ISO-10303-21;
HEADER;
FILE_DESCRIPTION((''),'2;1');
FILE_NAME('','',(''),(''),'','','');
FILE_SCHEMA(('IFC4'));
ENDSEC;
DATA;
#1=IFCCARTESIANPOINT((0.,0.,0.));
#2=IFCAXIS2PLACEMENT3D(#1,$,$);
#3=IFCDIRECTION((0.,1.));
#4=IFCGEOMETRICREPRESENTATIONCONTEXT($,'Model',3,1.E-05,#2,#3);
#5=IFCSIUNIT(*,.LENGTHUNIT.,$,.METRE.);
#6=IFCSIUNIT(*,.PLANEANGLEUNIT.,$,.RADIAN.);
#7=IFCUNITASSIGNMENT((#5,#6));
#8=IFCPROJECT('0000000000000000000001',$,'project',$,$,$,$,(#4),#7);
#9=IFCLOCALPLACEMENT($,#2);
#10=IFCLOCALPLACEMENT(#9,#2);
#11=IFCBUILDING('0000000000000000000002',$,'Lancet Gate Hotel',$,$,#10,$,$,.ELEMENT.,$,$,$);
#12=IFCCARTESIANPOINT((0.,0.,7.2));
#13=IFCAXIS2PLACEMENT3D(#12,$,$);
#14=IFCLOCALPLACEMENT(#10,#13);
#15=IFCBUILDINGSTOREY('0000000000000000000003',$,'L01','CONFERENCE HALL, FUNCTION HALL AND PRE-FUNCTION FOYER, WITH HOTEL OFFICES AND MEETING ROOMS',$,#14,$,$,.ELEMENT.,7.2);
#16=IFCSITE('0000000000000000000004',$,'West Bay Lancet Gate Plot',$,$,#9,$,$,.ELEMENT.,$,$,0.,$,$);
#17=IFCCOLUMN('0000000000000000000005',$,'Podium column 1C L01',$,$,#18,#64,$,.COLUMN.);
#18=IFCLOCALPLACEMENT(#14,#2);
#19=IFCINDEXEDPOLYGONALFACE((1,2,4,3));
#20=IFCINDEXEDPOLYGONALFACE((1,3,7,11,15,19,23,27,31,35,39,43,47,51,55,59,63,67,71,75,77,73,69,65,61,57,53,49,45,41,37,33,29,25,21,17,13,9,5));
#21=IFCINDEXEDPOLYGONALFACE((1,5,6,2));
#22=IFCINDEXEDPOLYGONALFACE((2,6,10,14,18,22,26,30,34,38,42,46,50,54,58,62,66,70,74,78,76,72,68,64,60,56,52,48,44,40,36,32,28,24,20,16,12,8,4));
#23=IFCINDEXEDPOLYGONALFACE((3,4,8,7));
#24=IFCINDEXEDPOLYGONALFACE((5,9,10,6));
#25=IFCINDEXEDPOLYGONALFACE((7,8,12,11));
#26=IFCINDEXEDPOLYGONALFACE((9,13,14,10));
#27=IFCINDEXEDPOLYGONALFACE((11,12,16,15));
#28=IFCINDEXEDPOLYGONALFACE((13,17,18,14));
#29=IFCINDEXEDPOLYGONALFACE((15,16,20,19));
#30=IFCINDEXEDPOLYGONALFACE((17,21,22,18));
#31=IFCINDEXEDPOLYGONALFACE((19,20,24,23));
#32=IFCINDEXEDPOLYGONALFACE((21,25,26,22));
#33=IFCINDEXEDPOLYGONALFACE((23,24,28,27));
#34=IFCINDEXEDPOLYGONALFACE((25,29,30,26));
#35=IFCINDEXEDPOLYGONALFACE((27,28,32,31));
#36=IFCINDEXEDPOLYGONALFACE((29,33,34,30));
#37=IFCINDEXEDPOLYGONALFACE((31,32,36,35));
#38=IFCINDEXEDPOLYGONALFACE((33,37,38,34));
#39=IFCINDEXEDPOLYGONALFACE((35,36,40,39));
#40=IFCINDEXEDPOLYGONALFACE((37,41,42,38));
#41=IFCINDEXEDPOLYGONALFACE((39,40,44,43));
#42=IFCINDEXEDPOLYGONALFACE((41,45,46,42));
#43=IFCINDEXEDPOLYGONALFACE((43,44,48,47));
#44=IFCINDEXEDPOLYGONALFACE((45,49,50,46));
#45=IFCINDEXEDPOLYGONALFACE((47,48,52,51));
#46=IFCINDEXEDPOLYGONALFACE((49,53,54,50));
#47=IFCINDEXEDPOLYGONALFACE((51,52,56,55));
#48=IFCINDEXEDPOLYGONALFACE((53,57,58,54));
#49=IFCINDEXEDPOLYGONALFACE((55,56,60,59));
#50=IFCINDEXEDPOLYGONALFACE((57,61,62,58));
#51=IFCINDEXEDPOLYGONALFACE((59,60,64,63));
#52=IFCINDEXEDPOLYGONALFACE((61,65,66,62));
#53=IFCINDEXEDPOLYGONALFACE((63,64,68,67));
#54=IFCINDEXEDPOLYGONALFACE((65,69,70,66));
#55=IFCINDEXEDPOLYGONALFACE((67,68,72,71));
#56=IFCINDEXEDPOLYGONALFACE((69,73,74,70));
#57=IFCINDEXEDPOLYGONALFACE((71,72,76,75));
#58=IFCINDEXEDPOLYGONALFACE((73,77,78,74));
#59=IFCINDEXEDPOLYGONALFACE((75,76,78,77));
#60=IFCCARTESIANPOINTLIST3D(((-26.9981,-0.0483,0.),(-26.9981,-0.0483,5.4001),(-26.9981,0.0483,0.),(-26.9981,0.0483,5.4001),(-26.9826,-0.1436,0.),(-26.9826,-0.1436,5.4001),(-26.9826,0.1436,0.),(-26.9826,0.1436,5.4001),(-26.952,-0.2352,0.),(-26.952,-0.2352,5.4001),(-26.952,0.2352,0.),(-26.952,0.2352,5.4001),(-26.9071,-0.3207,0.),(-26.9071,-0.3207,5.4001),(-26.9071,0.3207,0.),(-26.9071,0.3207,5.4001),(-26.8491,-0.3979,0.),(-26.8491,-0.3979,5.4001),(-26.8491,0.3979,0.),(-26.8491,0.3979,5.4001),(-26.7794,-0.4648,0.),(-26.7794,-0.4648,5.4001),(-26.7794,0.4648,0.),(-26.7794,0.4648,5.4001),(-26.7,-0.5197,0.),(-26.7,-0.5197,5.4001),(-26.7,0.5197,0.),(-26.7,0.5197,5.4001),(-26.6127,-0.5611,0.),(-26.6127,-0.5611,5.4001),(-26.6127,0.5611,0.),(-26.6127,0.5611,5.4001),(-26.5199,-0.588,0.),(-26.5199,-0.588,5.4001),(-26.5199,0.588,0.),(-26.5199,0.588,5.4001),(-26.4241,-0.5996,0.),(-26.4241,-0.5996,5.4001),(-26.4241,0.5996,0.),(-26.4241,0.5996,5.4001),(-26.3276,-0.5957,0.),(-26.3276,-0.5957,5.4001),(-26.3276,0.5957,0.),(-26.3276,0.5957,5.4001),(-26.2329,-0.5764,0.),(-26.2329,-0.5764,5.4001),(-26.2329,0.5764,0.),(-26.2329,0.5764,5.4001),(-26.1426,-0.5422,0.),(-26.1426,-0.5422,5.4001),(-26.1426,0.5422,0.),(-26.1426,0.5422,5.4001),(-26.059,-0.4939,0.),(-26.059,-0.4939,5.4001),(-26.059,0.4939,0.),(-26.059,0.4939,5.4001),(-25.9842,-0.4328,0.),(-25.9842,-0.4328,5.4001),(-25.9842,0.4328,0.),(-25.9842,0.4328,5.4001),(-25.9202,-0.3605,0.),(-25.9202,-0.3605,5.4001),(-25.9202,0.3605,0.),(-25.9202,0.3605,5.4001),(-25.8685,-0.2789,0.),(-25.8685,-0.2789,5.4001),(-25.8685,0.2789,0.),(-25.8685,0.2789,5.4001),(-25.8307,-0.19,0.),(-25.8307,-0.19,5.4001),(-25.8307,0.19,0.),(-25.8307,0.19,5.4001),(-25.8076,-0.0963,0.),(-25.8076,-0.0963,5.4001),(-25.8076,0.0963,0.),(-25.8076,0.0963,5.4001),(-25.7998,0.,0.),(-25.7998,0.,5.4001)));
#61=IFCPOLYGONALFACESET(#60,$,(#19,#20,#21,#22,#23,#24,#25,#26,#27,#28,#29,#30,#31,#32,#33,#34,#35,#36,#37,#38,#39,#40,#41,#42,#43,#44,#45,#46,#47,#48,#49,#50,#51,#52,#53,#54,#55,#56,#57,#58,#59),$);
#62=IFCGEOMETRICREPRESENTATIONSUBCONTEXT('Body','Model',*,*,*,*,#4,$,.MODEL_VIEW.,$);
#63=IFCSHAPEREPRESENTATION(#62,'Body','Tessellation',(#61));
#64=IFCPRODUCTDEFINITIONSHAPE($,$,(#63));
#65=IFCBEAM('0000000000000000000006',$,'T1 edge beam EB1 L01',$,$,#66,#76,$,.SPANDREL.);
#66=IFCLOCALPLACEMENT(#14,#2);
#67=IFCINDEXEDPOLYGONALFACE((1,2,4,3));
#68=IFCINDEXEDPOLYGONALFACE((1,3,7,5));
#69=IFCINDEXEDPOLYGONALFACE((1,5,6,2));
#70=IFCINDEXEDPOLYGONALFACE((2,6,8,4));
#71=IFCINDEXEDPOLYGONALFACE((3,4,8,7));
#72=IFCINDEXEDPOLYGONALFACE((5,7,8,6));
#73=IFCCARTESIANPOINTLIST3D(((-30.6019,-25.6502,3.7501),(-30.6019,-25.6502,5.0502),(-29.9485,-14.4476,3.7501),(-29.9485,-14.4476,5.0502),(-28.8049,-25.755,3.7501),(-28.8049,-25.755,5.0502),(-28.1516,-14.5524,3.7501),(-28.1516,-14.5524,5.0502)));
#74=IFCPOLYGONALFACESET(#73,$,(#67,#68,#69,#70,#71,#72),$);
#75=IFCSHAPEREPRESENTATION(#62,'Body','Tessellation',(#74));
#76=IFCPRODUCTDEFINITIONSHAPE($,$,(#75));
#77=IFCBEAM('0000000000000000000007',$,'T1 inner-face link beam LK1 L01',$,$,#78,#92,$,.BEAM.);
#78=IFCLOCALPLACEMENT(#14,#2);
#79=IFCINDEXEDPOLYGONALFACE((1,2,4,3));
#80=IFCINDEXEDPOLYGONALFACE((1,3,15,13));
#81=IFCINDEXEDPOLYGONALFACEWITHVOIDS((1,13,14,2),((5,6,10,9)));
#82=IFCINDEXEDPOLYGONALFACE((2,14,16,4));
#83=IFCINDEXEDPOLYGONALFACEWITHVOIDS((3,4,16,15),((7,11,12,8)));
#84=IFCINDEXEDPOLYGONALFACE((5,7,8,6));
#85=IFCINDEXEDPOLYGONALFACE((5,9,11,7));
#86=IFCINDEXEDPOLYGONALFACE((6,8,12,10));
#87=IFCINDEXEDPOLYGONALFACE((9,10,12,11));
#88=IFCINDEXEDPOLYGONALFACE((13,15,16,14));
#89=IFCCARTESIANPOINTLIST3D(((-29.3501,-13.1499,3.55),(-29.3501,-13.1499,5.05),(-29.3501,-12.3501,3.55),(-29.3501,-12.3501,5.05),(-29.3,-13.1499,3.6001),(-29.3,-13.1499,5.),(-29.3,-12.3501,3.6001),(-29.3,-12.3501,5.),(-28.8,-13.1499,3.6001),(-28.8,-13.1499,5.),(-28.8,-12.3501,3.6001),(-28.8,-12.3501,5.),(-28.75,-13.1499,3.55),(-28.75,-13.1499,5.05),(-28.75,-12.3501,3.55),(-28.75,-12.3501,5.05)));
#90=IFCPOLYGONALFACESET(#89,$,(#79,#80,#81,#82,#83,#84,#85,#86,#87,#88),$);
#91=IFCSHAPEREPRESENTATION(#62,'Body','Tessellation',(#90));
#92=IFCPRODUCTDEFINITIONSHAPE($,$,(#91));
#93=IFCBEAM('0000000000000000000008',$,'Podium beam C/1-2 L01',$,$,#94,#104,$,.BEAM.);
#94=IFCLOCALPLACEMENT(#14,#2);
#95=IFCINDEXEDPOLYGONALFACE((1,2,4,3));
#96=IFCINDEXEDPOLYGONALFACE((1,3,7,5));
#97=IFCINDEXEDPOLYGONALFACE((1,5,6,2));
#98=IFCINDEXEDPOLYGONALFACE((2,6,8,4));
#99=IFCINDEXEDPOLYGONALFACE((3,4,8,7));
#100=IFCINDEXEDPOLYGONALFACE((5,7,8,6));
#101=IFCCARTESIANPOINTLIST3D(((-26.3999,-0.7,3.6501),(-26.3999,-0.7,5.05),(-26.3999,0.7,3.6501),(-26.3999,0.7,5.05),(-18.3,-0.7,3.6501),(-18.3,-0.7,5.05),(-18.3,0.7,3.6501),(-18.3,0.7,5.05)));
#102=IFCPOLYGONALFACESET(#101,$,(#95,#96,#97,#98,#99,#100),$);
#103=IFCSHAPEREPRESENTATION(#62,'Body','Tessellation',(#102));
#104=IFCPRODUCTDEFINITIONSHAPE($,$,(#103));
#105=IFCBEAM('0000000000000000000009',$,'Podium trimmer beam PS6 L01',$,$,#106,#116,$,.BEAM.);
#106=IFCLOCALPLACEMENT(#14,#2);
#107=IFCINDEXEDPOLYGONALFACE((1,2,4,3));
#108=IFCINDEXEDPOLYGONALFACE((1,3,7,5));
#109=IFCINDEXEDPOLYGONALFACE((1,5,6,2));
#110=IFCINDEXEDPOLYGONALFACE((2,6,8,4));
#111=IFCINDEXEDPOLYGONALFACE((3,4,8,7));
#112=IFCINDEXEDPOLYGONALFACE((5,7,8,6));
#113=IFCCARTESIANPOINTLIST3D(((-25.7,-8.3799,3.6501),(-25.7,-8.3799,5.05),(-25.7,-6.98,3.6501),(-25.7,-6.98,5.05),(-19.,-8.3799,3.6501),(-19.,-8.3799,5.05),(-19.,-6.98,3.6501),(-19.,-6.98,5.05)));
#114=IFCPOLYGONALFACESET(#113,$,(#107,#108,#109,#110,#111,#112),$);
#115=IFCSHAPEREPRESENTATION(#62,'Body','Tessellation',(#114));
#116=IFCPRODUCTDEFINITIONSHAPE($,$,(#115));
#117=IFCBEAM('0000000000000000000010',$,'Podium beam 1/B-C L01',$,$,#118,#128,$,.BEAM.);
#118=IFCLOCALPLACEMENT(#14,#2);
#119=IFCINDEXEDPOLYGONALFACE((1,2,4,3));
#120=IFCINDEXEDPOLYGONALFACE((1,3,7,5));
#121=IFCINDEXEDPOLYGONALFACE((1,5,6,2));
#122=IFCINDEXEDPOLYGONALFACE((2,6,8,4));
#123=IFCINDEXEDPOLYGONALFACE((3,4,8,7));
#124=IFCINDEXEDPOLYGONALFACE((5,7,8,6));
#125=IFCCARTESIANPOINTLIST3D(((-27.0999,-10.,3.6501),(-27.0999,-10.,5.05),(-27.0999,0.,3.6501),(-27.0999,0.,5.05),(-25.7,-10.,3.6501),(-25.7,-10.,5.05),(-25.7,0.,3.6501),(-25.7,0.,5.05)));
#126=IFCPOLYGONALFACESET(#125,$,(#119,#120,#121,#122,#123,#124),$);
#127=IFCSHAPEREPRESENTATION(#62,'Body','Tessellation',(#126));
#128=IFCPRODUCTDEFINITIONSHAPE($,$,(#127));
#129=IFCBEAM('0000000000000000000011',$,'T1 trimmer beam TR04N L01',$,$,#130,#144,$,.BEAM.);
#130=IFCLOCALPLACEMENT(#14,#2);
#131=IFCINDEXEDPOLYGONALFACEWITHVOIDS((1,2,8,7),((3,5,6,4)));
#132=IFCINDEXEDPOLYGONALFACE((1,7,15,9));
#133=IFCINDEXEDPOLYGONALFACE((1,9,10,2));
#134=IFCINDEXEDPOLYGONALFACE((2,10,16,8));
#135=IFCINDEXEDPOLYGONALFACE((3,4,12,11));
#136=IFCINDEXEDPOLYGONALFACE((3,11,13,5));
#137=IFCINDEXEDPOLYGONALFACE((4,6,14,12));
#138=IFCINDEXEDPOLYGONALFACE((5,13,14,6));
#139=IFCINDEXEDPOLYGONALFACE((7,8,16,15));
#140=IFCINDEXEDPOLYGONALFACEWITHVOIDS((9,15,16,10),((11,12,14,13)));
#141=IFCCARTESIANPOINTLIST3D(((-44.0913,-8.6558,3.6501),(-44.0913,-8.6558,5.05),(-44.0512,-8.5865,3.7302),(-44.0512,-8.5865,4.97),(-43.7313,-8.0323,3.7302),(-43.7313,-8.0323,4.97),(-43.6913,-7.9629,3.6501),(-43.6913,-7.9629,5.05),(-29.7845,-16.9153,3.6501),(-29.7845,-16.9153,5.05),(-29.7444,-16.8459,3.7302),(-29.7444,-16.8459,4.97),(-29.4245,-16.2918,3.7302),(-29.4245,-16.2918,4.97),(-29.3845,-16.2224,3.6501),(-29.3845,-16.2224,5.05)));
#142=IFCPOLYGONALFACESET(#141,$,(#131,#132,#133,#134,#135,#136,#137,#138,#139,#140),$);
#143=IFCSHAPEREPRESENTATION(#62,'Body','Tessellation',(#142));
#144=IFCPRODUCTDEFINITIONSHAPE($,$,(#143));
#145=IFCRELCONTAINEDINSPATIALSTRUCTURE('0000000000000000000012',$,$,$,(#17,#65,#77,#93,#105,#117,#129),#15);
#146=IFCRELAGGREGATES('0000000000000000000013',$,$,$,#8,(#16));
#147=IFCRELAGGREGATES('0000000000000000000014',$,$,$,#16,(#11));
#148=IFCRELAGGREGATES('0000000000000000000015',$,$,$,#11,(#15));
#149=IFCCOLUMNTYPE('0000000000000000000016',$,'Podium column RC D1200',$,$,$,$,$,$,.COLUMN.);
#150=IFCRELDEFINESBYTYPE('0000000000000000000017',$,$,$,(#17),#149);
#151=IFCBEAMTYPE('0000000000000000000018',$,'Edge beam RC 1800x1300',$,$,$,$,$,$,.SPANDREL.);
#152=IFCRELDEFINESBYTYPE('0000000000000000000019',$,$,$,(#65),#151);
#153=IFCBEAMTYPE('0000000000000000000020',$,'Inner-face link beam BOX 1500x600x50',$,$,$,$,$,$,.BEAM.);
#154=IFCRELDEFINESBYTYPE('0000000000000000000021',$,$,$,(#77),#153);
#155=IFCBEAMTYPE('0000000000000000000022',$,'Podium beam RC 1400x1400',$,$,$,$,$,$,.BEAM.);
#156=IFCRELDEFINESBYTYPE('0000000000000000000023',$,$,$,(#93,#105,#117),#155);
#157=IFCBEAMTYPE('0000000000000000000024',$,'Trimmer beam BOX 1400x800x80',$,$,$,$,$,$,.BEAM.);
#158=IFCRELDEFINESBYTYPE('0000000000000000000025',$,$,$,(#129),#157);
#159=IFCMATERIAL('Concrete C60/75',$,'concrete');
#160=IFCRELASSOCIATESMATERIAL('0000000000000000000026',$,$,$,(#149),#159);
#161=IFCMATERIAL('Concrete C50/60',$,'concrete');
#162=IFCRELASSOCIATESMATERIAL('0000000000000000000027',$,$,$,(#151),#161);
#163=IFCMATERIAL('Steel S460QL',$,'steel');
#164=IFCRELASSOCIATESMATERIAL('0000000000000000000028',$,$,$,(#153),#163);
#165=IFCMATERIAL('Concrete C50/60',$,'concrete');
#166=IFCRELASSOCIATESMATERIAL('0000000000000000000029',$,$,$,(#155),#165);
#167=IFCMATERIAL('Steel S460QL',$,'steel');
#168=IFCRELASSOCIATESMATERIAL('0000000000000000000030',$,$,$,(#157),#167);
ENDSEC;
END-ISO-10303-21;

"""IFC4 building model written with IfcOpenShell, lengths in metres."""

from ifc_helpers import new_model, si_unit, direction, frame, origin, origin_2d, place, context, subcontext, project, spatial, rectangle, hollow_rectangle, circle, extrude, material, material_profile, profile_set, type_object, element, save


model = new_model("IFC4")

# Units and contexts
model_context = context("Model", 3, precision=1e-05, world=origin(), true_north=direction((0.0, 1.0)))
body_context = subcontext(model_context, "Body", "Model", "MODEL_VIEW")
ifc_project = project(units=[si_unit("LENGTHUNIT", "METRE"), si_unit("PLANEANGLEUNIT", "RADIAN")], contexts=[model_context])

# Site, building, storey
site_placement = place(None, origin())
site = spatial("IfcSite", under=ifc_project, at=site_placement, Name="West Bay Lancet Gate Plot", CompositionType="ELEMENT", RefElevation=0.0)
building_placement = place(site_placement, origin())
building = spatial("IfcBuilding", under=site, at=building_placement, Name="Lancet Gate Hotel", CompositionType="ELEMENT")
storey_placement = place(building_placement, frame((0.0, 0.0, 7.2)))
storey = spatial("IfcBuildingStorey", under=building, at=storey_placement, Name="L01", Description="CONFERENCE HALL, FUNCTION HALL AND PRE-FUNCTION FOYER, WITH HOTEL OFFICES AND MEETING ROOMS", CompositionType="ELEMENT", Elevation=7.2)

# Column
ifc_material_1 = material(Name="Concrete C60/75", Category="concrete")
ifc_material_profile_1 = material_profile(ifc_material_1, circle(Radius=0.6001, at=origin_2d()), Name="RC D1200")
ifc_profile_set_1 = profile_set([ifc_material_profile_1], Name="Concrete C60/75")
column_type_1 = type_object("IfcColumnType", Name="Podium column RC D1200", PredefinedType="COLUMN", material=ifc_profile_set_1)
for number, where, z_axis, x_axis, name in (
    (1, (-26.3999, 0.0, 0.0), (0.0, 0.0, 1.0), (1.0, 0.0, 0.0), "Podium column 1C L01"),
):
    element("IfcColumn", number, at=place(storey_placement, frame(where, z_axis=z_axis, x_axis=x_axis)), inside=storey, type_object=column_type_1, Name=name, PredefinedType="COLUMN", context=body_context, shape_type="SweptSolid", body=[
        extrude(circle(Radius=0.6001, at=origin_2d()), origin(), (0.0, 0.0, 1.0), 5.4001),
    ])

# Beams
ifc_material_2 = material(Name="Concrete C50/60", Category="concrete")
ifc_material_profile_2 = material_profile(ifc_material_2, rectangle(XDim=1.8, YDim=1.3, at=origin_2d()), Name="RC 1800x1300")
ifc_profile_set_2 = profile_set([ifc_material_profile_2], Name="Concrete C50/60")
beam_type_1 = type_object("IfcBeamType", Name="Edge beam RC 1800x1300", PredefinedType="SPANDREL", material=ifc_profile_set_2)
beam_1_placement = place(storey_placement, frame((-29.05, -14.5, 4.4001), z_axis=(-0.05822, -0.998304, 0.0), x_axis=(0.998304, -0.05822, 0.0)))
element("IfcBeam", 2, at=beam_1_placement, inside=storey, type_object=beam_type_1, Name="T1 edge beam EB1 L01", PredefinedType="SPANDREL", context=body_context, shape_type="SweptSolid", body=[
    extrude(rectangle(XDim=1.8, YDim=1.3, at=origin_2d()), origin(), (0.0, 0.0, 1.0), 11.2217),
])
ifc_material_3 = material(Name="Steel S460QL", Category="steel")
ifc_material_profile_3 = material_profile(ifc_material_3, hollow_rectangle(XDim=0.6001, YDim=1.5, WallThickness=0.05, at=origin_2d()), Name="BOX 1500x600x50")
ifc_profile_set_3 = profile_set([ifc_material_profile_3], Name="Steel S460QL")
beam_type_2 = type_object("IfcBeamType", Name="Inner-face link beam BOX 1500x600x50", PredefinedType="BEAM", material=ifc_profile_set_3)
beam_2_placement = place(storey_placement, frame((-29.05, -12.3501, 4.3), z_axis=(0.0, -1.0, 0.0), x_axis=(1.0, 0.0, 0.0)))
element("IfcBeam", 3, at=beam_2_placement, inside=storey, type_object=beam_type_2, Name="T1 inner-face link beam LK1 L01", PredefinedType="BEAM", context=body_context, shape_type="SweptSolid", body=[
    extrude(hollow_rectangle(XDim=0.6001, YDim=1.5, WallThickness=0.05, at=origin_2d()), origin(), (0.0, 0.0, 1.0), 0.7998),
])
ifc_material_4 = material(Name="Concrete C50/60", Category="concrete")
ifc_material_profile_4 = material_profile(ifc_material_4, rectangle(XDim=1.3999, YDim=1.3999, at=origin_2d()), Name="RC 1400x1400")
ifc_profile_set_4 = profile_set([ifc_material_profile_4], Name="Concrete C50/60")
beam_type_3 = type_object("IfcBeamType", Name="Podium beam RC 1400x1400", PredefinedType="BEAM", material=ifc_profile_set_4)
beam_3_placement = place(storey_placement, frame((-26.3999, 0.0, 4.3501), z_axis=(1.0, 0.0, 0.0), x_axis=(0.0, 1.0, 0.0)))
element("IfcBeam", 4, at=beam_3_placement, inside=storey, type_object=beam_type_3, Name="Podium beam C/1-2 L01", PredefinedType="BEAM", context=body_context, shape_type="SweptSolid", body=[
    extrude(rectangle(XDim=1.3999, YDim=1.3999, at=origin_2d()), origin(), (0.0, 0.0, 1.0), 8.0999),
])
beam_4_placement = place(storey_placement, frame((-25.7, -7.6799, 4.3501), z_axis=(1.0, 0.0, 0.0), x_axis=(0.0, 1.0, 0.0)))
element("IfcBeam", 5, at=beam_4_placement, inside=storey, type_object=beam_type_3, Name="Podium trimmer beam PS6 L01", PredefinedType="BEAM", context=body_context, shape_type="SweptSolid", body=[
    extrude(rectangle(XDim=1.3999, YDim=1.3999, at=origin_2d()), origin(), (0.0, 0.0, 1.0), 6.7),
])
beam_5_placement = place(storey_placement, frame((-26.3999, -10.0, 4.3501), z_axis=(0.0, 1.0, 0.0), x_axis=(-1.0, 0.0, 0.0)))
element("IfcBeam", 6, at=beam_5_placement, inside=storey, type_object=beam_type_3, Name="Podium beam 1/B-C L01", PredefinedType="BEAM", context=body_context, shape_type="SweptSolid", body=[
    extrude(rectangle(XDim=1.3999, YDim=1.3999, at=origin_2d()), origin(), (0.0, 0.0, 1.0), 10.0),
])
ifc_material_5 = material(Name="Steel S460QL", Category="steel")
ifc_material_profile_5 = material_profile(ifc_material_5, hollow_rectangle(XDim=0.8, YDim=1.3999, WallThickness=0.0801, at=origin_2d()), Name="BOX 1400x800x80")
ifc_profile_set_5 = profile_set([ifc_material_profile_5], Name="Steel S460QL")
beam_type_4 = type_object("IfcBeamType", Name="Trimmer beam BOX 1400x800x80", PredefinedType="BEAM", material=ifc_profile_set_5)
beam_6_placement = place(storey_placement, frame((-29.5845, -16.5688, 4.3501), z_axis=(-0.86604, 0.499974, 0.0), x_axis=(-0.499974, -0.86604, 0.0)))
element("IfcBeam", 7, at=beam_6_placement, inside=storey, type_object=beam_type_4, Name="T1 trimmer beam TR04N L01", PredefinedType="BEAM", context=body_context, shape_type="SweptSolid", body=[
    extrude(hollow_rectangle(XDim=0.8, YDim=1.3999, WallThickness=0.0801, at=origin_2d()), origin(), (0.0, 0.0, 1.0), 16.5198),
])

save(model, "model.ifc")
